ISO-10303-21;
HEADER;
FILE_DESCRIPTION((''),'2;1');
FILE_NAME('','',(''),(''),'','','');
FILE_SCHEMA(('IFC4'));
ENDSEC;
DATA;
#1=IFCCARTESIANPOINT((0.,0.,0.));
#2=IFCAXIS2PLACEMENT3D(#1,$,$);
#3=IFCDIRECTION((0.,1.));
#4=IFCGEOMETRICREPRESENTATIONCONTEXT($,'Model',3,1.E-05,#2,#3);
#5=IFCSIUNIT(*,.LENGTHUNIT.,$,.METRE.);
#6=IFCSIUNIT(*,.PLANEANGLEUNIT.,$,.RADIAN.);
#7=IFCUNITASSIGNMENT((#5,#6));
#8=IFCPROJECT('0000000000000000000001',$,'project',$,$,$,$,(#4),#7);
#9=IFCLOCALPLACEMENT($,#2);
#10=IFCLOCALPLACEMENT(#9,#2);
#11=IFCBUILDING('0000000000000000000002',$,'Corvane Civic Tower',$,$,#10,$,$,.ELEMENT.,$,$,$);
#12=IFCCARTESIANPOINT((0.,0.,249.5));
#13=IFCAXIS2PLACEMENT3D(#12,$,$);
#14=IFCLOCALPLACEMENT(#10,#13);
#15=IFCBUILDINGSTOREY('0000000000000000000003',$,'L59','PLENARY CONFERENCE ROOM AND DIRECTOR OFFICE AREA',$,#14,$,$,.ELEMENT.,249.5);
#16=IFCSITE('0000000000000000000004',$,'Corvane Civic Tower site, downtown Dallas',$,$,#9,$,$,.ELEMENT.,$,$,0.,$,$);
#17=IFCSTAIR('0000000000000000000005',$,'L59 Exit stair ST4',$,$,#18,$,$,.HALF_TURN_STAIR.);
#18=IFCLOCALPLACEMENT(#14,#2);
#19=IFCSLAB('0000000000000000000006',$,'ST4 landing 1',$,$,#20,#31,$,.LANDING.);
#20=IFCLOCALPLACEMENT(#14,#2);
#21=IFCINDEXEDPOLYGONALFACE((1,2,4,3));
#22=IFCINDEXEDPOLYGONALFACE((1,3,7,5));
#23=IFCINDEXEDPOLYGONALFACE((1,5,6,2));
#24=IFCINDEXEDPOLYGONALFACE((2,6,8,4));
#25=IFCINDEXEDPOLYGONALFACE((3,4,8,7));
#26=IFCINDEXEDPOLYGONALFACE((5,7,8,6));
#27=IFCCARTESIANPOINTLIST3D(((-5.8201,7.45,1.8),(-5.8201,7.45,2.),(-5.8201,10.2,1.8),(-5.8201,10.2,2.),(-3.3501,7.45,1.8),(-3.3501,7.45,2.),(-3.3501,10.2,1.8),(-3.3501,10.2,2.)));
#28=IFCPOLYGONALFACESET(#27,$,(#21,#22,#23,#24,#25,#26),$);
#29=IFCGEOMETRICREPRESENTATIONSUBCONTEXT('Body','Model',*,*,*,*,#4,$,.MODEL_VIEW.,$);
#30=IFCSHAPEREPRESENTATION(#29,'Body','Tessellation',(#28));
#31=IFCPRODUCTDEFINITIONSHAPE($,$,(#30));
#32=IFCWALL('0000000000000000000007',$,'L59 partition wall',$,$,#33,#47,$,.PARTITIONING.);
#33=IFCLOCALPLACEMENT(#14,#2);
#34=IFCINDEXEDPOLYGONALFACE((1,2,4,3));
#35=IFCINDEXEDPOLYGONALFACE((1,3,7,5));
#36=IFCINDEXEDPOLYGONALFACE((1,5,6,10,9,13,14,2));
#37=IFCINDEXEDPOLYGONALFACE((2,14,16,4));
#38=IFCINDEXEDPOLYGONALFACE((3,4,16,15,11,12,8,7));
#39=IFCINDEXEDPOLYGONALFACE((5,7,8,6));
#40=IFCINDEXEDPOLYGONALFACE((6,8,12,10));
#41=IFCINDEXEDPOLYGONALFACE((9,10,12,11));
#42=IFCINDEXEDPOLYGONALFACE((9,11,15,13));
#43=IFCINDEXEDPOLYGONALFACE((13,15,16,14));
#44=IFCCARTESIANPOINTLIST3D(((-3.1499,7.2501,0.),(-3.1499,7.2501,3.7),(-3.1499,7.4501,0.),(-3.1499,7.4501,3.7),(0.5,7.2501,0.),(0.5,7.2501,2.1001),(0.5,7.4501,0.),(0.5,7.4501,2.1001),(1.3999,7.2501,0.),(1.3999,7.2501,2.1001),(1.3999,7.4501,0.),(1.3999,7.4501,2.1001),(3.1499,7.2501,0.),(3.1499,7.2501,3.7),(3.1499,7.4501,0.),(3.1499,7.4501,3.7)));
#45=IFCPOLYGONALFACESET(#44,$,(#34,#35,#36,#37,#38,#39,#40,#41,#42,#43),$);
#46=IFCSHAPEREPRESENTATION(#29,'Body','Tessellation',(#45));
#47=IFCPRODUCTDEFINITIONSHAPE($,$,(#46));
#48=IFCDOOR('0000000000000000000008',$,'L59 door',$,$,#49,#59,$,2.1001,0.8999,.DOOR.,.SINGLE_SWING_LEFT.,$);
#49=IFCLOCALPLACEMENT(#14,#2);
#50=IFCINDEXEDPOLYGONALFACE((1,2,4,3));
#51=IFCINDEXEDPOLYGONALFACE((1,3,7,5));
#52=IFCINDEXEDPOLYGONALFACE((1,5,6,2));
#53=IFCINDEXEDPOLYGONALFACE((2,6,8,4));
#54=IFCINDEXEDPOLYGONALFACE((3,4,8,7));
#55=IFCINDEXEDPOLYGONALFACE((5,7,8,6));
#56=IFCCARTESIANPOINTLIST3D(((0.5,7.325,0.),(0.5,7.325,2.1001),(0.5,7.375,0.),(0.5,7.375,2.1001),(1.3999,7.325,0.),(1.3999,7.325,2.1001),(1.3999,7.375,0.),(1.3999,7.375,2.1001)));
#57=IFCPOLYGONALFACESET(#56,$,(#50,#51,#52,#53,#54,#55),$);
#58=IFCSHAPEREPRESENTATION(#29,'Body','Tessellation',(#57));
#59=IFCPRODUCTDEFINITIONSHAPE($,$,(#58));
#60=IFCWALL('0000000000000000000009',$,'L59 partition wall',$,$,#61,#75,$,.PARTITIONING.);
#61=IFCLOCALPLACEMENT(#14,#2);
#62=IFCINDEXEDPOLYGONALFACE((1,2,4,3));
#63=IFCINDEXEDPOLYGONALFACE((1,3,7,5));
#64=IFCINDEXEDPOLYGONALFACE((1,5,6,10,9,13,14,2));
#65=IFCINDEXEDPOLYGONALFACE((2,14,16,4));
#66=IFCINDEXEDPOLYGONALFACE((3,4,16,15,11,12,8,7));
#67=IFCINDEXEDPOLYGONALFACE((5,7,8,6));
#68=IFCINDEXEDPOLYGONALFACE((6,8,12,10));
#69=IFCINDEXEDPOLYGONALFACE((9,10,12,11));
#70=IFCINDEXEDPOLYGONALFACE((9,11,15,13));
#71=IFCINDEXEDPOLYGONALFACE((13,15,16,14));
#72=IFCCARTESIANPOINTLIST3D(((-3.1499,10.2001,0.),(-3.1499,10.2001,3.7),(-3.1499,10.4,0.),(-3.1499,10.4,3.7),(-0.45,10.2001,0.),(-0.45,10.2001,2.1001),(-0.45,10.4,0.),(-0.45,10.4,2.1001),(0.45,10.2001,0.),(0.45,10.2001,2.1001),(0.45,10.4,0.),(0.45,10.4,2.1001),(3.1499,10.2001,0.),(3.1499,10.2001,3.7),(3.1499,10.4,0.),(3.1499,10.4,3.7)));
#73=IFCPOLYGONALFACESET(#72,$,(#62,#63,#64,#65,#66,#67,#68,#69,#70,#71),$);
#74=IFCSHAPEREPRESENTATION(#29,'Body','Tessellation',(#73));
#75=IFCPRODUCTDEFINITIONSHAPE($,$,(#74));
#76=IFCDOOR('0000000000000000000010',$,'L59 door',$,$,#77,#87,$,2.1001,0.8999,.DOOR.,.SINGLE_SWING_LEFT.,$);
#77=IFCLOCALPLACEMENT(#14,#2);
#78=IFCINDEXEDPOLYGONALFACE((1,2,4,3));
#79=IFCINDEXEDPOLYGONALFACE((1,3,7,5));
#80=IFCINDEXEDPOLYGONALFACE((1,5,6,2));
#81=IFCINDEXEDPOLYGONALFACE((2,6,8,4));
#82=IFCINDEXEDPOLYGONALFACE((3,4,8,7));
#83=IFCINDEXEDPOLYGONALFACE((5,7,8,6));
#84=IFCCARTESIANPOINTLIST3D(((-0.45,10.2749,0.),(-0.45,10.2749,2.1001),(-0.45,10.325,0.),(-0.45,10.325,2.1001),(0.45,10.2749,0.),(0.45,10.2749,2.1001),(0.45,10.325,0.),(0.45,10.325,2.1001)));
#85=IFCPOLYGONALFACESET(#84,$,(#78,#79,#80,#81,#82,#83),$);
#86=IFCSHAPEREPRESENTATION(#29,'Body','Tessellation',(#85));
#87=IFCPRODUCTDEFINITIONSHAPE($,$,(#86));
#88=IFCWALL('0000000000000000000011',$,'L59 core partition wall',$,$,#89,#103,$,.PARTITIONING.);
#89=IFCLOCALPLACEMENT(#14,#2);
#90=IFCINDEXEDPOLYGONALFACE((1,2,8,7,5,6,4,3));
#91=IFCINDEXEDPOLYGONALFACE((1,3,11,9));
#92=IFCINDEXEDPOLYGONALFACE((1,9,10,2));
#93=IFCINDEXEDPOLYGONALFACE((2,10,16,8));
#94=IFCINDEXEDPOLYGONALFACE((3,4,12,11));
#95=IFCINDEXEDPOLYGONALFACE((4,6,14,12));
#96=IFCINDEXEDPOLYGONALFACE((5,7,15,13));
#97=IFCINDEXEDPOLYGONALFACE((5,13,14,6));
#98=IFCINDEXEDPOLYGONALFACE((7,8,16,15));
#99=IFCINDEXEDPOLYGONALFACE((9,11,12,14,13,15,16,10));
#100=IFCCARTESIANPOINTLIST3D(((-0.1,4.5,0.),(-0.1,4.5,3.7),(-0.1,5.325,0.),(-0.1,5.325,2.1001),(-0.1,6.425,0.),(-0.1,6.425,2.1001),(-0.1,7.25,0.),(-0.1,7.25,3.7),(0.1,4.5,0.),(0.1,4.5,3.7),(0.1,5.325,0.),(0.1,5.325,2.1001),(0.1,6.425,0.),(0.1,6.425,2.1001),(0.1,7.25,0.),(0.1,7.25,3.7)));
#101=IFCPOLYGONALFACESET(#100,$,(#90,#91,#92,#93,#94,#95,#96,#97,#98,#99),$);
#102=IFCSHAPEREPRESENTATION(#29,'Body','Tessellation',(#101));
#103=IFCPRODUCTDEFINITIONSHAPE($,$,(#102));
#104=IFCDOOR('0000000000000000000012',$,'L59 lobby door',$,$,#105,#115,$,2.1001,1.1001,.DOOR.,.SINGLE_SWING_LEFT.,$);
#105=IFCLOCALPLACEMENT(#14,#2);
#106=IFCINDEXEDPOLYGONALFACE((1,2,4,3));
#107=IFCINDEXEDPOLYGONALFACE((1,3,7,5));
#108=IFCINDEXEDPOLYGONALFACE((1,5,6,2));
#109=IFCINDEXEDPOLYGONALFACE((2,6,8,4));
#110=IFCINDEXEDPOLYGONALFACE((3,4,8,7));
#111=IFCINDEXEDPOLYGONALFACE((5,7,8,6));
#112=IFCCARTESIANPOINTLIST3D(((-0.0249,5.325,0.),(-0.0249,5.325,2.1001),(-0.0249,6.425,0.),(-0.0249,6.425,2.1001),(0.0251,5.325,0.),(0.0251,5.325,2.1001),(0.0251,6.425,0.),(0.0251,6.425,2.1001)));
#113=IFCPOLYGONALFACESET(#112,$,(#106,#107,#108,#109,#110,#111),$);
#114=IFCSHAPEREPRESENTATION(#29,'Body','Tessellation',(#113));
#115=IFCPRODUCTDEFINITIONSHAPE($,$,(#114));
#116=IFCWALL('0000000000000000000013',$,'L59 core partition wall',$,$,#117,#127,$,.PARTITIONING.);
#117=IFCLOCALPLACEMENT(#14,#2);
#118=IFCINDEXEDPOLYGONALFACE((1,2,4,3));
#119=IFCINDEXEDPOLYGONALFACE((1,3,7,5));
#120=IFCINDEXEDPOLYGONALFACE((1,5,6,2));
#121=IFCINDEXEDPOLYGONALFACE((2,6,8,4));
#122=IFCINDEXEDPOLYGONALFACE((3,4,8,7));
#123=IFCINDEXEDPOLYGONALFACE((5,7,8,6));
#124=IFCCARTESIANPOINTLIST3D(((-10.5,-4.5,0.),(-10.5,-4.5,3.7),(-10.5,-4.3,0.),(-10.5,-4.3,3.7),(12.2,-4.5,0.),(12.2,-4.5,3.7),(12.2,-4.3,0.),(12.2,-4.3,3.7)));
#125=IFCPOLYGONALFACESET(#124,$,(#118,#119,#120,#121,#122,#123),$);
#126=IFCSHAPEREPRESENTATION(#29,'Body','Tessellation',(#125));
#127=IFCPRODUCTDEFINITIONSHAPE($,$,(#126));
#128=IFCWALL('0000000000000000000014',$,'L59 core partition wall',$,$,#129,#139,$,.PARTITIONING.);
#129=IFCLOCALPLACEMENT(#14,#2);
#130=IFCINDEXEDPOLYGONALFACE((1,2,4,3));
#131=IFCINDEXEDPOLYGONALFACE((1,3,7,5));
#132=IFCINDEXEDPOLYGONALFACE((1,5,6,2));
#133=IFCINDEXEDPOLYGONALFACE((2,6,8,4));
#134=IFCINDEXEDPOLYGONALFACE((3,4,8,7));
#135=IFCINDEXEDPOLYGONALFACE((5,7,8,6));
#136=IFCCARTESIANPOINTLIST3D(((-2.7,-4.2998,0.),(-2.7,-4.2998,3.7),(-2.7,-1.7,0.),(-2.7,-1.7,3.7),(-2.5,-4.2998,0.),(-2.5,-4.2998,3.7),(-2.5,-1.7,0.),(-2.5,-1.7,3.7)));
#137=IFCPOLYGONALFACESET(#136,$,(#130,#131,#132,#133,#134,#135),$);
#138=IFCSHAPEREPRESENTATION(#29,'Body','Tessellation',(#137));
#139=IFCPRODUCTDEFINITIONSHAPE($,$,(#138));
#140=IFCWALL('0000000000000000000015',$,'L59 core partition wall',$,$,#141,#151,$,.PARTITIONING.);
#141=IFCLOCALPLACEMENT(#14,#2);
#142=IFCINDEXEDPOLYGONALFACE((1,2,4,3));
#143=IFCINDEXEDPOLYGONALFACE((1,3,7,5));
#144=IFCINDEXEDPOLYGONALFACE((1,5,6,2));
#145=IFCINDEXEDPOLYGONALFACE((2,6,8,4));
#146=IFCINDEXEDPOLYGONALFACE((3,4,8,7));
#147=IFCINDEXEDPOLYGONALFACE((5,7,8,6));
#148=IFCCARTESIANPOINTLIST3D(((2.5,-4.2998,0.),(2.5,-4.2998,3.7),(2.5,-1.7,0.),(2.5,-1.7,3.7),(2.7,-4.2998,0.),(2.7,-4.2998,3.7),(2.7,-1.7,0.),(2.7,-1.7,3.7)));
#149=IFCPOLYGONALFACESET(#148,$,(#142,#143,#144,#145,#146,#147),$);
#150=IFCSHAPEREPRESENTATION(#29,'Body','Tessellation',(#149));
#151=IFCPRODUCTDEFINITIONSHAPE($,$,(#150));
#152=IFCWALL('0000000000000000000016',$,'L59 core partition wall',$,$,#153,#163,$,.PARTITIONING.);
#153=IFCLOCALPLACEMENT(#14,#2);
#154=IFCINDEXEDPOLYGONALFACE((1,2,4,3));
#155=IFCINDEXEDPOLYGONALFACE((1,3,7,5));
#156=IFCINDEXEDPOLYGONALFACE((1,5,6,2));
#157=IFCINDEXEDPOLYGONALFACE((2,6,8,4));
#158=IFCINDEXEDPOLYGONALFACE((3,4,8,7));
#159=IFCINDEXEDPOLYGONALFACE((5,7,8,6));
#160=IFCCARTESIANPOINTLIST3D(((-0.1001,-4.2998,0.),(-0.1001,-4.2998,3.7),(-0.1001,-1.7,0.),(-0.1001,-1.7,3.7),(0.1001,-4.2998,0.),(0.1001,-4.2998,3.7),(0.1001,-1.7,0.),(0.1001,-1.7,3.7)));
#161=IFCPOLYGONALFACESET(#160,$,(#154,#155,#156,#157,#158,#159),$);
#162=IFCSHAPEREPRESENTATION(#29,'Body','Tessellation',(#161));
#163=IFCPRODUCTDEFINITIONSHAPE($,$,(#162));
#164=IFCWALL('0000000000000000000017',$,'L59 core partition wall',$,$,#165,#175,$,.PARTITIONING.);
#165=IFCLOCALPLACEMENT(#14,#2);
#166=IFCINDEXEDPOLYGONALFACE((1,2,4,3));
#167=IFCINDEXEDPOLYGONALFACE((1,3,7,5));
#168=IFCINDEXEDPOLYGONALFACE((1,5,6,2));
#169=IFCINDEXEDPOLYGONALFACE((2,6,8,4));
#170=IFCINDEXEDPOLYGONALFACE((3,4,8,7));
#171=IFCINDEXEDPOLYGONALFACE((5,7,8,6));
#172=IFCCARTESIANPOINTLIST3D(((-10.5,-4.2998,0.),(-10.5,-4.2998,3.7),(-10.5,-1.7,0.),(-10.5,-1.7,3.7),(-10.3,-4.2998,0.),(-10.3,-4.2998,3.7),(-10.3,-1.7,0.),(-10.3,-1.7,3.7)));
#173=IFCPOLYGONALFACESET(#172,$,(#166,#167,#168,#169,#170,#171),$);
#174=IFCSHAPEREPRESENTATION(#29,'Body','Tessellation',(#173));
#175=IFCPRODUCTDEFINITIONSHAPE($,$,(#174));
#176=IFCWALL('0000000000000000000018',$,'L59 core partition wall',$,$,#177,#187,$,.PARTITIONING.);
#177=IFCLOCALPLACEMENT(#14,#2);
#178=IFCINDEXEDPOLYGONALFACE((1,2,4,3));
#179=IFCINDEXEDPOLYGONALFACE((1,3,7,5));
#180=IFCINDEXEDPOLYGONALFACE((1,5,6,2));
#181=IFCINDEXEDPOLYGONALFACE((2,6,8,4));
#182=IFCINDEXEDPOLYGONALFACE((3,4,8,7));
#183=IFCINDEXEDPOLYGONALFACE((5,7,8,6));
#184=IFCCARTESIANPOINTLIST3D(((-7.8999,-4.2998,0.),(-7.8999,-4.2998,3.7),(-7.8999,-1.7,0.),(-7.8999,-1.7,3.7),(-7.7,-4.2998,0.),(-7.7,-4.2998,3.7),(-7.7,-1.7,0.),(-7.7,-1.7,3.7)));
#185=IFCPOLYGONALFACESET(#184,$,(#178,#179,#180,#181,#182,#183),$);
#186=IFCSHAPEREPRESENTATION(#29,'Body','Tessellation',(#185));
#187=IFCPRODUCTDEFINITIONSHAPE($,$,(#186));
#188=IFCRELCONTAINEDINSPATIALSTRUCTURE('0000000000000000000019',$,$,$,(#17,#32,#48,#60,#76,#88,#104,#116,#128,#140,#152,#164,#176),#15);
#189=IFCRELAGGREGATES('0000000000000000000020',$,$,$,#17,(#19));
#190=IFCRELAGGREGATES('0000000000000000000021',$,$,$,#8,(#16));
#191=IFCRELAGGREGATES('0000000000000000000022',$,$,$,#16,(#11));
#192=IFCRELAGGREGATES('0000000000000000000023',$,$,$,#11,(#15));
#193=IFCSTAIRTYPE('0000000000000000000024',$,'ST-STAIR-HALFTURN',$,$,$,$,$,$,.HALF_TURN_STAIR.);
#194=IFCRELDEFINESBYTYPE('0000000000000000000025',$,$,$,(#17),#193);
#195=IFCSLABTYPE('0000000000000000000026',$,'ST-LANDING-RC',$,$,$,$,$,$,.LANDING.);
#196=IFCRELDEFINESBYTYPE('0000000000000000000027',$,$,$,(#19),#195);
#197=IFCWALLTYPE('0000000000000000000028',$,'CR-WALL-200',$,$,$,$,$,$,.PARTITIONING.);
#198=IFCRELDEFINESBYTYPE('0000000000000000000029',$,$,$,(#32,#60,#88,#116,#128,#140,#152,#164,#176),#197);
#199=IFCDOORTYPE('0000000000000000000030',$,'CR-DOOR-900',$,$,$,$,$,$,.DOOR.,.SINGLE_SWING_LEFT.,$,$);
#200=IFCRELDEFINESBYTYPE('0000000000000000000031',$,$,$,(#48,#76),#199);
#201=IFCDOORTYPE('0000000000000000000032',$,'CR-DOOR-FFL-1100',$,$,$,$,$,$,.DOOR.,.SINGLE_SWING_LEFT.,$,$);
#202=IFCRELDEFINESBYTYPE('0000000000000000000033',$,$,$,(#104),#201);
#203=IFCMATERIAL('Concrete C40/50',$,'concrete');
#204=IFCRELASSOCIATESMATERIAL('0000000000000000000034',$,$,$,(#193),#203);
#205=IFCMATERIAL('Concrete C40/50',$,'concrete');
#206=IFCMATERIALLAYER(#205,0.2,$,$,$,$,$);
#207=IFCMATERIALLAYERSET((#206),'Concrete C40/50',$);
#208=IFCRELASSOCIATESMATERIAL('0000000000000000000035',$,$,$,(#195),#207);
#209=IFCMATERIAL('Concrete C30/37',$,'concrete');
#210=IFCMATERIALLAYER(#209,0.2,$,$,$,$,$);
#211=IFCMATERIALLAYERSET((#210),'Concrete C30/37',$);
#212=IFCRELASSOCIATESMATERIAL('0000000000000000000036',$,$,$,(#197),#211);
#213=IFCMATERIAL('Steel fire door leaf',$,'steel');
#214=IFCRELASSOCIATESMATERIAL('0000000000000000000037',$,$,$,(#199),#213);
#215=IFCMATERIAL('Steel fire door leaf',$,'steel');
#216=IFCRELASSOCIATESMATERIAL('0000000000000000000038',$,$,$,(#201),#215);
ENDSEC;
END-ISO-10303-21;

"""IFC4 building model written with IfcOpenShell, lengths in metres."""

from ifc_helpers import new_model, si_unit, direction, frame, frame_2d, origin, place, context, subcontext, project, spatial, polyline, rectangle, outline, extrude, material, layer, layer_set, type_object, element, fill, aggregate, save


model = new_model("IFC4")

# Units and contexts
model_context = context("Model", 3, precision=1e-05, world=origin(), true_north=direction((0.0, 1.0)))
body_context = subcontext(model_context, "Body", "Model", "MODEL_VIEW")
ifc_project = project(units=[si_unit("LENGTHUNIT", "METRE"), si_unit("PLANEANGLEUNIT", "RADIAN")], contexts=[model_context])

# Site, building, storey
site_placement = place(None, origin())
site = spatial("IfcSite", under=ifc_project, at=site_placement, Name="Corvane Civic Tower site, downtown Dallas", CompositionType="ELEMENT", RefElevation=0.0)
building_placement = place(site_placement, origin())
building = spatial("IfcBuilding", under=site, at=building_placement, Name="Corvane Civic Tower", CompositionType="ELEMENT")
storey_placement = place(building_placement, frame((0.0, 0.0, 249.5)))
storey = spatial("IfcBuildingStorey", under=building, at=storey_placement, Name="L59", Description="PLENARY CONFERENCE ROOM AND DIRECTOR OFFICE AREA", CompositionType="ELEMENT", Elevation=249.5)

# Stair, slab
ifc_material_1 = material(Name="Concrete C40/50", Category="concrete")
stair_type = type_object("IfcStairType", Name="ST-STAIR-HALFTURN", PredefinedType="HALF_TURN_STAIR", material=ifc_material_1)
stair_placement = place(storey_placement, origin())
stair = element("IfcStair", 1, at=stair_placement, inside=storey, type_object=stair_type, Name="L59 Exit stair ST4", PredefinedType="HALF_TURN_STAIR")
ifc_material_2 = material(Name="Concrete C40/50", Category="concrete")
ifc_layer_1 = layer(ifc_material_2, 0.2)
ifc_layer_set_1 = layer_set([ifc_layer_1], Name="Concrete C40/50")
slab_type = type_object("IfcSlabType", Name="ST-LANDING-RC", PredefinedType="LANDING", material=ifc_layer_set_1)
slab_placement = place(storey_placement, frame((0.0, 0.0, 1.8)))
slab = element("IfcSlab", 2, at=slab_placement, type_object=slab_type, Name="ST4 landing 1", PredefinedType="LANDING", context=body_context, shape_type="SweptSolid", body=[
    extrude(outline(polyline([(-5.8201, 7.45), (-3.3501, 7.45), (-3.3501, 10.2), (-5.8201, 10.2), (-5.8201, 7.45)])), origin(), (0.0, 0.0, 1.0), 0.2),
])

# Walls, openings, doors
ifc_material_3 = material(Name="Concrete C30/37", Category="concrete")
ifc_layer_2 = layer(ifc_material_3, 0.2)
ifc_layer_set_2 = layer_set([ifc_layer_2], Name="Concrete C30/37")
wall_type = type_object("IfcWallType", Name="CR-WALL-200", PredefinedType="PARTITIONING", material=ifc_layer_set_2)
wall_1_placement = place(storey_placement, frame((-3.1499, 7.3501, 0.0), z_axis=(0.0, 0.0, 1.0), x_axis=(1.0, 0.0, 0.0)))
wall_1 = element("IfcWall", 3, at=wall_1_placement, inside=storey, type_object=wall_type, Name="L59 partition wall", PredefinedType="PARTITIONING", context=body_context, shape_type="SweptSolid", body=[
    extrude(rectangle(XDim=6.2998, YDim=0.2, at=frame_2d((3.1499, 0.0))), origin(), (0.0, 0.0, 1.0), 3.7),
])
opening_1_placement = place(wall_1_placement, frame((3.6499, 0.0, 0.0)))
opening_1 = element("IfcOpeningElement", 4, at=opening_1_placement, cuts=wall_1, PredefinedType="OPENING", context=body_context, shape_type="SweptSolid", body=[
    extrude(rectangle(XDim=0.8999, YDim=2.1001, at=frame_2d((0.45, 1.05))), frame((0.0, 0.1099, 0.0), z_axis=(0.0, -1.0, 0.0), x_axis=(1.0, 0.0, 0.0)), (0.0, 0.0, 1.0), 0.22),
])
ifc_material_4 = material(Name="Steel fire door leaf", Category="steel")
door_type_1 = type_object("IfcDoorType", Name="CR-DOOR-900", OperationType="SINGLE_SWING_LEFT", PredefinedType="DOOR", material=ifc_material_4)
door_1_placement = place(opening_1_placement, origin())
door_1 = element("IfcDoor", 5, at=door_1_placement, inside=storey, type_object=door_type_1, Name="L59 door", OperationType="SINGLE_SWING_LEFT", OverallHeight=2.1001, OverallWidth=0.8999, PredefinedType="DOOR", context=body_context, shape_type="SweptSolid", body=[
    extrude(rectangle(XDim=0.8999, YDim=2.1001, at=frame_2d((0.45, 1.05))), frame((0.0, 0.0249, 0.0), z_axis=(0.0, -1.0, 0.0), x_axis=(1.0, 0.0, 0.0)), (0.0, 0.0, 1.0), 0.05),
])
fill(opening_1, door_1)
wall_2_placement = place(storey_placement, frame((-3.1499, 10.3, 0.0), z_axis=(0.0, 0.0, 1.0), x_axis=(1.0, 0.0, 0.0)))
wall_2 = element("IfcWall", 6, at=wall_2_placement, inside=storey, type_object=wall_type, Name="L59 partition wall", PredefinedType="PARTITIONING", context=body_context, shape_type="SweptSolid", body=[
    extrude(rectangle(XDim=6.2998, YDim=0.2, at=frame_2d((3.1499, 0.0))), origin(), (0.0, 0.0, 1.0), 3.7),
])
opening_2_placement = place(wall_2_placement, frame((2.7, 0.0, 0.0)))
opening_2 = element("IfcOpeningElement", 7, at=opening_2_placement, cuts=wall_2, PredefinedType="OPENING", context=body_context, shape_type="SweptSolid", body=[
    extrude(rectangle(XDim=0.8999, YDim=2.1001, at=frame_2d((0.45, 1.05))), frame((0.0, 0.1099, 0.0), z_axis=(0.0, -1.0, 0.0), x_axis=(1.0, 0.0, 0.0)), (0.0, 0.0, 1.0), 0.22),
])
door_2_placement = place(opening_2_placement, origin())
door_2 = element("IfcDoor", 8, at=door_2_placement, inside=storey, type_object=door_type_1, Name="L59 door", OperationType="SINGLE_SWING_LEFT", OverallHeight=2.1001, OverallWidth=0.8999, PredefinedType="DOOR", context=body_context, shape_type="SweptSolid", body=[
    extrude(rectangle(XDim=0.8999, YDim=2.1001, at=frame_2d((0.45, 1.05))), frame((0.0, 0.0249, 0.0), z_axis=(0.0, -1.0, 0.0), x_axis=(1.0, 0.0, 0.0)), (0.0, 0.0, 1.0), 0.05),
])
fill(opening_2, door_2)
wall_3_placement = place(storey_placement, frame((0.0, 4.5, 0.0), z_axis=(0.0, 0.0, 1.0), x_axis=(0.0, 1.0, 0.0)))
wall_3 = element("IfcWall", 9, at=wall_3_placement, inside=storey, type_object=wall_type, Name="L59 core partition wall", PredefinedType="PARTITIONING", context=body_context, shape_type="SweptSolid", body=[
    extrude(rectangle(XDim=2.75, YDim=0.2, at=frame_2d((1.375, 0.0))), origin(), (0.0, 0.0, 1.0), 3.7),
])
opening_3_placement = place(wall_3_placement, frame((0.825, 0.0, 0.0)))
opening_3 = element("IfcOpeningElement", 10, at=opening_3_placement, cuts=wall_3, PredefinedType="OPENING", context=body_context, shape_type="SweptSolid", body=[
    extrude(rectangle(XDim=1.1001, YDim=2.1001, at=frame_2d((0.55, 1.05))), frame((0.0, 0.1099, 0.0), z_axis=(0.0, -1.0, 0.0), x_axis=(1.0, 0.0, 0.0)), (0.0, 0.0, 1.0), 0.22),
])
ifc_material_5 = material(Name="Steel fire door leaf", Category="steel")
door_type_2 = type_object("IfcDoorType", Name="CR-DOOR-FFL-1100", OperationType="SINGLE_SWING_LEFT", PredefinedType="DOOR", material=ifc_material_5)
door_3_placement = place(opening_3_placement, origin())
door_3 = element("IfcDoor", 11, at=door_3_placement, inside=storey, type_object=door_type_2, Name="L59 lobby door", OperationType="SINGLE_SWING_LEFT", OverallHeight=2.1001, OverallWidth=1.1001, PredefinedType="DOOR", context=body_context, shape_type="SweptSolid", body=[
    extrude(rectangle(XDim=1.1001, YDim=2.1001, at=frame_2d((0.55, 1.05))), frame((0.0, 0.0249, 0.0), z_axis=(0.0, -1.0, 0.0), x_axis=(1.0, 0.0, 0.0)), (0.0, 0.0, 1.0), 0.05),
])
fill(opening_3, door_3)

# Walls
wall_4_placement = place(storey_placement, origin())
element("IfcWall", 12, at=wall_4_placement, inside=storey, type_object=wall_type, Name="L59 core partition wall", PredefinedType="PARTITIONING", context=body_context, shape_type="SweptSolid", body=[
    extrude(outline(polyline([(12.2, -4.3), (12.2, -4.5), (-10.5, -4.5), (-10.5, -4.3), (12.2, -4.3)])), origin(), (0.0, 0.0, 1.0), 3.7),
])
wall_5_placement = place(storey_placement, origin())
element("IfcWall", 13, at=wall_5_placement, inside=storey, type_object=wall_type, Name="L59 core partition wall", PredefinedType="PARTITIONING", context=body_context, shape_type="SweptSolid", body=[
    extrude(outline(polyline([(-2.5, -1.7), (-2.5, -4.2998), (-2.7, -4.2998), (-2.7, -1.7), (-2.5, -1.7)])), origin(), (0.0, 0.0, 1.0), 3.7),
])
wall_6_placement = place(storey_placement, origin())
element("IfcWall", 14, at=wall_6_placement, inside=storey, type_object=wall_type, Name="L59 core partition wall", PredefinedType="PARTITIONING", context=body_context, shape_type="SweptSolid", body=[
    extrude(outline(polyline([(2.7, -1.7), (2.7, -4.2998), (2.5, -4.2998), (2.5, -1.7), (2.7, -1.7)])), origin(), (0.0, 0.0, 1.0), 3.7),
])
wall_7_placement = place(storey_placement, origin())
element("IfcWall", 15, at=wall_7_placement, inside=storey, type_object=wall_type, Name="L59 core partition wall", PredefinedType="PARTITIONING", context=body_context, shape_type="SweptSolid", body=[
    extrude(outline(polyline([(0.1001, -1.7), (0.1001, -4.2998), (-0.1001, -4.2998), (-0.1001, -1.7), (0.1001, -1.7)])), origin(), (0.0, 0.0, 1.0), 3.7),
])
wall_8_placement = place(storey_placement, origin())
element("IfcWall", 16, at=wall_8_placement, inside=storey, type_object=wall_type, Name="L59 core partition wall", PredefinedType="PARTITIONING", context=body_context, shape_type="SweptSolid", body=[
    extrude(outline(polyline([(-10.3, -1.7), (-10.3, -4.2998), (-10.5, -4.2998), (-10.5, -1.7), (-10.3, -1.7)])), origin(), (0.0, 0.0, 1.0), 3.7),
])
wall_9_placement = place(storey_placement, origin())
element("IfcWall", 17, at=wall_9_placement, inside=storey, type_object=wall_type, Name="L59 core partition wall", PredefinedType="PARTITIONING", context=body_context, shape_type="SweptSolid", body=[
    extrude(outline(polyline([(-7.7, -1.7), (-7.7, -4.2998), (-7.8999, -4.2998), (-7.8999, -1.7), (-7.7, -1.7)])), origin(), (0.0, 0.0, 1.0), 3.7),
])

aggregate(stair, [slab])

save(model, "model.ifc")
